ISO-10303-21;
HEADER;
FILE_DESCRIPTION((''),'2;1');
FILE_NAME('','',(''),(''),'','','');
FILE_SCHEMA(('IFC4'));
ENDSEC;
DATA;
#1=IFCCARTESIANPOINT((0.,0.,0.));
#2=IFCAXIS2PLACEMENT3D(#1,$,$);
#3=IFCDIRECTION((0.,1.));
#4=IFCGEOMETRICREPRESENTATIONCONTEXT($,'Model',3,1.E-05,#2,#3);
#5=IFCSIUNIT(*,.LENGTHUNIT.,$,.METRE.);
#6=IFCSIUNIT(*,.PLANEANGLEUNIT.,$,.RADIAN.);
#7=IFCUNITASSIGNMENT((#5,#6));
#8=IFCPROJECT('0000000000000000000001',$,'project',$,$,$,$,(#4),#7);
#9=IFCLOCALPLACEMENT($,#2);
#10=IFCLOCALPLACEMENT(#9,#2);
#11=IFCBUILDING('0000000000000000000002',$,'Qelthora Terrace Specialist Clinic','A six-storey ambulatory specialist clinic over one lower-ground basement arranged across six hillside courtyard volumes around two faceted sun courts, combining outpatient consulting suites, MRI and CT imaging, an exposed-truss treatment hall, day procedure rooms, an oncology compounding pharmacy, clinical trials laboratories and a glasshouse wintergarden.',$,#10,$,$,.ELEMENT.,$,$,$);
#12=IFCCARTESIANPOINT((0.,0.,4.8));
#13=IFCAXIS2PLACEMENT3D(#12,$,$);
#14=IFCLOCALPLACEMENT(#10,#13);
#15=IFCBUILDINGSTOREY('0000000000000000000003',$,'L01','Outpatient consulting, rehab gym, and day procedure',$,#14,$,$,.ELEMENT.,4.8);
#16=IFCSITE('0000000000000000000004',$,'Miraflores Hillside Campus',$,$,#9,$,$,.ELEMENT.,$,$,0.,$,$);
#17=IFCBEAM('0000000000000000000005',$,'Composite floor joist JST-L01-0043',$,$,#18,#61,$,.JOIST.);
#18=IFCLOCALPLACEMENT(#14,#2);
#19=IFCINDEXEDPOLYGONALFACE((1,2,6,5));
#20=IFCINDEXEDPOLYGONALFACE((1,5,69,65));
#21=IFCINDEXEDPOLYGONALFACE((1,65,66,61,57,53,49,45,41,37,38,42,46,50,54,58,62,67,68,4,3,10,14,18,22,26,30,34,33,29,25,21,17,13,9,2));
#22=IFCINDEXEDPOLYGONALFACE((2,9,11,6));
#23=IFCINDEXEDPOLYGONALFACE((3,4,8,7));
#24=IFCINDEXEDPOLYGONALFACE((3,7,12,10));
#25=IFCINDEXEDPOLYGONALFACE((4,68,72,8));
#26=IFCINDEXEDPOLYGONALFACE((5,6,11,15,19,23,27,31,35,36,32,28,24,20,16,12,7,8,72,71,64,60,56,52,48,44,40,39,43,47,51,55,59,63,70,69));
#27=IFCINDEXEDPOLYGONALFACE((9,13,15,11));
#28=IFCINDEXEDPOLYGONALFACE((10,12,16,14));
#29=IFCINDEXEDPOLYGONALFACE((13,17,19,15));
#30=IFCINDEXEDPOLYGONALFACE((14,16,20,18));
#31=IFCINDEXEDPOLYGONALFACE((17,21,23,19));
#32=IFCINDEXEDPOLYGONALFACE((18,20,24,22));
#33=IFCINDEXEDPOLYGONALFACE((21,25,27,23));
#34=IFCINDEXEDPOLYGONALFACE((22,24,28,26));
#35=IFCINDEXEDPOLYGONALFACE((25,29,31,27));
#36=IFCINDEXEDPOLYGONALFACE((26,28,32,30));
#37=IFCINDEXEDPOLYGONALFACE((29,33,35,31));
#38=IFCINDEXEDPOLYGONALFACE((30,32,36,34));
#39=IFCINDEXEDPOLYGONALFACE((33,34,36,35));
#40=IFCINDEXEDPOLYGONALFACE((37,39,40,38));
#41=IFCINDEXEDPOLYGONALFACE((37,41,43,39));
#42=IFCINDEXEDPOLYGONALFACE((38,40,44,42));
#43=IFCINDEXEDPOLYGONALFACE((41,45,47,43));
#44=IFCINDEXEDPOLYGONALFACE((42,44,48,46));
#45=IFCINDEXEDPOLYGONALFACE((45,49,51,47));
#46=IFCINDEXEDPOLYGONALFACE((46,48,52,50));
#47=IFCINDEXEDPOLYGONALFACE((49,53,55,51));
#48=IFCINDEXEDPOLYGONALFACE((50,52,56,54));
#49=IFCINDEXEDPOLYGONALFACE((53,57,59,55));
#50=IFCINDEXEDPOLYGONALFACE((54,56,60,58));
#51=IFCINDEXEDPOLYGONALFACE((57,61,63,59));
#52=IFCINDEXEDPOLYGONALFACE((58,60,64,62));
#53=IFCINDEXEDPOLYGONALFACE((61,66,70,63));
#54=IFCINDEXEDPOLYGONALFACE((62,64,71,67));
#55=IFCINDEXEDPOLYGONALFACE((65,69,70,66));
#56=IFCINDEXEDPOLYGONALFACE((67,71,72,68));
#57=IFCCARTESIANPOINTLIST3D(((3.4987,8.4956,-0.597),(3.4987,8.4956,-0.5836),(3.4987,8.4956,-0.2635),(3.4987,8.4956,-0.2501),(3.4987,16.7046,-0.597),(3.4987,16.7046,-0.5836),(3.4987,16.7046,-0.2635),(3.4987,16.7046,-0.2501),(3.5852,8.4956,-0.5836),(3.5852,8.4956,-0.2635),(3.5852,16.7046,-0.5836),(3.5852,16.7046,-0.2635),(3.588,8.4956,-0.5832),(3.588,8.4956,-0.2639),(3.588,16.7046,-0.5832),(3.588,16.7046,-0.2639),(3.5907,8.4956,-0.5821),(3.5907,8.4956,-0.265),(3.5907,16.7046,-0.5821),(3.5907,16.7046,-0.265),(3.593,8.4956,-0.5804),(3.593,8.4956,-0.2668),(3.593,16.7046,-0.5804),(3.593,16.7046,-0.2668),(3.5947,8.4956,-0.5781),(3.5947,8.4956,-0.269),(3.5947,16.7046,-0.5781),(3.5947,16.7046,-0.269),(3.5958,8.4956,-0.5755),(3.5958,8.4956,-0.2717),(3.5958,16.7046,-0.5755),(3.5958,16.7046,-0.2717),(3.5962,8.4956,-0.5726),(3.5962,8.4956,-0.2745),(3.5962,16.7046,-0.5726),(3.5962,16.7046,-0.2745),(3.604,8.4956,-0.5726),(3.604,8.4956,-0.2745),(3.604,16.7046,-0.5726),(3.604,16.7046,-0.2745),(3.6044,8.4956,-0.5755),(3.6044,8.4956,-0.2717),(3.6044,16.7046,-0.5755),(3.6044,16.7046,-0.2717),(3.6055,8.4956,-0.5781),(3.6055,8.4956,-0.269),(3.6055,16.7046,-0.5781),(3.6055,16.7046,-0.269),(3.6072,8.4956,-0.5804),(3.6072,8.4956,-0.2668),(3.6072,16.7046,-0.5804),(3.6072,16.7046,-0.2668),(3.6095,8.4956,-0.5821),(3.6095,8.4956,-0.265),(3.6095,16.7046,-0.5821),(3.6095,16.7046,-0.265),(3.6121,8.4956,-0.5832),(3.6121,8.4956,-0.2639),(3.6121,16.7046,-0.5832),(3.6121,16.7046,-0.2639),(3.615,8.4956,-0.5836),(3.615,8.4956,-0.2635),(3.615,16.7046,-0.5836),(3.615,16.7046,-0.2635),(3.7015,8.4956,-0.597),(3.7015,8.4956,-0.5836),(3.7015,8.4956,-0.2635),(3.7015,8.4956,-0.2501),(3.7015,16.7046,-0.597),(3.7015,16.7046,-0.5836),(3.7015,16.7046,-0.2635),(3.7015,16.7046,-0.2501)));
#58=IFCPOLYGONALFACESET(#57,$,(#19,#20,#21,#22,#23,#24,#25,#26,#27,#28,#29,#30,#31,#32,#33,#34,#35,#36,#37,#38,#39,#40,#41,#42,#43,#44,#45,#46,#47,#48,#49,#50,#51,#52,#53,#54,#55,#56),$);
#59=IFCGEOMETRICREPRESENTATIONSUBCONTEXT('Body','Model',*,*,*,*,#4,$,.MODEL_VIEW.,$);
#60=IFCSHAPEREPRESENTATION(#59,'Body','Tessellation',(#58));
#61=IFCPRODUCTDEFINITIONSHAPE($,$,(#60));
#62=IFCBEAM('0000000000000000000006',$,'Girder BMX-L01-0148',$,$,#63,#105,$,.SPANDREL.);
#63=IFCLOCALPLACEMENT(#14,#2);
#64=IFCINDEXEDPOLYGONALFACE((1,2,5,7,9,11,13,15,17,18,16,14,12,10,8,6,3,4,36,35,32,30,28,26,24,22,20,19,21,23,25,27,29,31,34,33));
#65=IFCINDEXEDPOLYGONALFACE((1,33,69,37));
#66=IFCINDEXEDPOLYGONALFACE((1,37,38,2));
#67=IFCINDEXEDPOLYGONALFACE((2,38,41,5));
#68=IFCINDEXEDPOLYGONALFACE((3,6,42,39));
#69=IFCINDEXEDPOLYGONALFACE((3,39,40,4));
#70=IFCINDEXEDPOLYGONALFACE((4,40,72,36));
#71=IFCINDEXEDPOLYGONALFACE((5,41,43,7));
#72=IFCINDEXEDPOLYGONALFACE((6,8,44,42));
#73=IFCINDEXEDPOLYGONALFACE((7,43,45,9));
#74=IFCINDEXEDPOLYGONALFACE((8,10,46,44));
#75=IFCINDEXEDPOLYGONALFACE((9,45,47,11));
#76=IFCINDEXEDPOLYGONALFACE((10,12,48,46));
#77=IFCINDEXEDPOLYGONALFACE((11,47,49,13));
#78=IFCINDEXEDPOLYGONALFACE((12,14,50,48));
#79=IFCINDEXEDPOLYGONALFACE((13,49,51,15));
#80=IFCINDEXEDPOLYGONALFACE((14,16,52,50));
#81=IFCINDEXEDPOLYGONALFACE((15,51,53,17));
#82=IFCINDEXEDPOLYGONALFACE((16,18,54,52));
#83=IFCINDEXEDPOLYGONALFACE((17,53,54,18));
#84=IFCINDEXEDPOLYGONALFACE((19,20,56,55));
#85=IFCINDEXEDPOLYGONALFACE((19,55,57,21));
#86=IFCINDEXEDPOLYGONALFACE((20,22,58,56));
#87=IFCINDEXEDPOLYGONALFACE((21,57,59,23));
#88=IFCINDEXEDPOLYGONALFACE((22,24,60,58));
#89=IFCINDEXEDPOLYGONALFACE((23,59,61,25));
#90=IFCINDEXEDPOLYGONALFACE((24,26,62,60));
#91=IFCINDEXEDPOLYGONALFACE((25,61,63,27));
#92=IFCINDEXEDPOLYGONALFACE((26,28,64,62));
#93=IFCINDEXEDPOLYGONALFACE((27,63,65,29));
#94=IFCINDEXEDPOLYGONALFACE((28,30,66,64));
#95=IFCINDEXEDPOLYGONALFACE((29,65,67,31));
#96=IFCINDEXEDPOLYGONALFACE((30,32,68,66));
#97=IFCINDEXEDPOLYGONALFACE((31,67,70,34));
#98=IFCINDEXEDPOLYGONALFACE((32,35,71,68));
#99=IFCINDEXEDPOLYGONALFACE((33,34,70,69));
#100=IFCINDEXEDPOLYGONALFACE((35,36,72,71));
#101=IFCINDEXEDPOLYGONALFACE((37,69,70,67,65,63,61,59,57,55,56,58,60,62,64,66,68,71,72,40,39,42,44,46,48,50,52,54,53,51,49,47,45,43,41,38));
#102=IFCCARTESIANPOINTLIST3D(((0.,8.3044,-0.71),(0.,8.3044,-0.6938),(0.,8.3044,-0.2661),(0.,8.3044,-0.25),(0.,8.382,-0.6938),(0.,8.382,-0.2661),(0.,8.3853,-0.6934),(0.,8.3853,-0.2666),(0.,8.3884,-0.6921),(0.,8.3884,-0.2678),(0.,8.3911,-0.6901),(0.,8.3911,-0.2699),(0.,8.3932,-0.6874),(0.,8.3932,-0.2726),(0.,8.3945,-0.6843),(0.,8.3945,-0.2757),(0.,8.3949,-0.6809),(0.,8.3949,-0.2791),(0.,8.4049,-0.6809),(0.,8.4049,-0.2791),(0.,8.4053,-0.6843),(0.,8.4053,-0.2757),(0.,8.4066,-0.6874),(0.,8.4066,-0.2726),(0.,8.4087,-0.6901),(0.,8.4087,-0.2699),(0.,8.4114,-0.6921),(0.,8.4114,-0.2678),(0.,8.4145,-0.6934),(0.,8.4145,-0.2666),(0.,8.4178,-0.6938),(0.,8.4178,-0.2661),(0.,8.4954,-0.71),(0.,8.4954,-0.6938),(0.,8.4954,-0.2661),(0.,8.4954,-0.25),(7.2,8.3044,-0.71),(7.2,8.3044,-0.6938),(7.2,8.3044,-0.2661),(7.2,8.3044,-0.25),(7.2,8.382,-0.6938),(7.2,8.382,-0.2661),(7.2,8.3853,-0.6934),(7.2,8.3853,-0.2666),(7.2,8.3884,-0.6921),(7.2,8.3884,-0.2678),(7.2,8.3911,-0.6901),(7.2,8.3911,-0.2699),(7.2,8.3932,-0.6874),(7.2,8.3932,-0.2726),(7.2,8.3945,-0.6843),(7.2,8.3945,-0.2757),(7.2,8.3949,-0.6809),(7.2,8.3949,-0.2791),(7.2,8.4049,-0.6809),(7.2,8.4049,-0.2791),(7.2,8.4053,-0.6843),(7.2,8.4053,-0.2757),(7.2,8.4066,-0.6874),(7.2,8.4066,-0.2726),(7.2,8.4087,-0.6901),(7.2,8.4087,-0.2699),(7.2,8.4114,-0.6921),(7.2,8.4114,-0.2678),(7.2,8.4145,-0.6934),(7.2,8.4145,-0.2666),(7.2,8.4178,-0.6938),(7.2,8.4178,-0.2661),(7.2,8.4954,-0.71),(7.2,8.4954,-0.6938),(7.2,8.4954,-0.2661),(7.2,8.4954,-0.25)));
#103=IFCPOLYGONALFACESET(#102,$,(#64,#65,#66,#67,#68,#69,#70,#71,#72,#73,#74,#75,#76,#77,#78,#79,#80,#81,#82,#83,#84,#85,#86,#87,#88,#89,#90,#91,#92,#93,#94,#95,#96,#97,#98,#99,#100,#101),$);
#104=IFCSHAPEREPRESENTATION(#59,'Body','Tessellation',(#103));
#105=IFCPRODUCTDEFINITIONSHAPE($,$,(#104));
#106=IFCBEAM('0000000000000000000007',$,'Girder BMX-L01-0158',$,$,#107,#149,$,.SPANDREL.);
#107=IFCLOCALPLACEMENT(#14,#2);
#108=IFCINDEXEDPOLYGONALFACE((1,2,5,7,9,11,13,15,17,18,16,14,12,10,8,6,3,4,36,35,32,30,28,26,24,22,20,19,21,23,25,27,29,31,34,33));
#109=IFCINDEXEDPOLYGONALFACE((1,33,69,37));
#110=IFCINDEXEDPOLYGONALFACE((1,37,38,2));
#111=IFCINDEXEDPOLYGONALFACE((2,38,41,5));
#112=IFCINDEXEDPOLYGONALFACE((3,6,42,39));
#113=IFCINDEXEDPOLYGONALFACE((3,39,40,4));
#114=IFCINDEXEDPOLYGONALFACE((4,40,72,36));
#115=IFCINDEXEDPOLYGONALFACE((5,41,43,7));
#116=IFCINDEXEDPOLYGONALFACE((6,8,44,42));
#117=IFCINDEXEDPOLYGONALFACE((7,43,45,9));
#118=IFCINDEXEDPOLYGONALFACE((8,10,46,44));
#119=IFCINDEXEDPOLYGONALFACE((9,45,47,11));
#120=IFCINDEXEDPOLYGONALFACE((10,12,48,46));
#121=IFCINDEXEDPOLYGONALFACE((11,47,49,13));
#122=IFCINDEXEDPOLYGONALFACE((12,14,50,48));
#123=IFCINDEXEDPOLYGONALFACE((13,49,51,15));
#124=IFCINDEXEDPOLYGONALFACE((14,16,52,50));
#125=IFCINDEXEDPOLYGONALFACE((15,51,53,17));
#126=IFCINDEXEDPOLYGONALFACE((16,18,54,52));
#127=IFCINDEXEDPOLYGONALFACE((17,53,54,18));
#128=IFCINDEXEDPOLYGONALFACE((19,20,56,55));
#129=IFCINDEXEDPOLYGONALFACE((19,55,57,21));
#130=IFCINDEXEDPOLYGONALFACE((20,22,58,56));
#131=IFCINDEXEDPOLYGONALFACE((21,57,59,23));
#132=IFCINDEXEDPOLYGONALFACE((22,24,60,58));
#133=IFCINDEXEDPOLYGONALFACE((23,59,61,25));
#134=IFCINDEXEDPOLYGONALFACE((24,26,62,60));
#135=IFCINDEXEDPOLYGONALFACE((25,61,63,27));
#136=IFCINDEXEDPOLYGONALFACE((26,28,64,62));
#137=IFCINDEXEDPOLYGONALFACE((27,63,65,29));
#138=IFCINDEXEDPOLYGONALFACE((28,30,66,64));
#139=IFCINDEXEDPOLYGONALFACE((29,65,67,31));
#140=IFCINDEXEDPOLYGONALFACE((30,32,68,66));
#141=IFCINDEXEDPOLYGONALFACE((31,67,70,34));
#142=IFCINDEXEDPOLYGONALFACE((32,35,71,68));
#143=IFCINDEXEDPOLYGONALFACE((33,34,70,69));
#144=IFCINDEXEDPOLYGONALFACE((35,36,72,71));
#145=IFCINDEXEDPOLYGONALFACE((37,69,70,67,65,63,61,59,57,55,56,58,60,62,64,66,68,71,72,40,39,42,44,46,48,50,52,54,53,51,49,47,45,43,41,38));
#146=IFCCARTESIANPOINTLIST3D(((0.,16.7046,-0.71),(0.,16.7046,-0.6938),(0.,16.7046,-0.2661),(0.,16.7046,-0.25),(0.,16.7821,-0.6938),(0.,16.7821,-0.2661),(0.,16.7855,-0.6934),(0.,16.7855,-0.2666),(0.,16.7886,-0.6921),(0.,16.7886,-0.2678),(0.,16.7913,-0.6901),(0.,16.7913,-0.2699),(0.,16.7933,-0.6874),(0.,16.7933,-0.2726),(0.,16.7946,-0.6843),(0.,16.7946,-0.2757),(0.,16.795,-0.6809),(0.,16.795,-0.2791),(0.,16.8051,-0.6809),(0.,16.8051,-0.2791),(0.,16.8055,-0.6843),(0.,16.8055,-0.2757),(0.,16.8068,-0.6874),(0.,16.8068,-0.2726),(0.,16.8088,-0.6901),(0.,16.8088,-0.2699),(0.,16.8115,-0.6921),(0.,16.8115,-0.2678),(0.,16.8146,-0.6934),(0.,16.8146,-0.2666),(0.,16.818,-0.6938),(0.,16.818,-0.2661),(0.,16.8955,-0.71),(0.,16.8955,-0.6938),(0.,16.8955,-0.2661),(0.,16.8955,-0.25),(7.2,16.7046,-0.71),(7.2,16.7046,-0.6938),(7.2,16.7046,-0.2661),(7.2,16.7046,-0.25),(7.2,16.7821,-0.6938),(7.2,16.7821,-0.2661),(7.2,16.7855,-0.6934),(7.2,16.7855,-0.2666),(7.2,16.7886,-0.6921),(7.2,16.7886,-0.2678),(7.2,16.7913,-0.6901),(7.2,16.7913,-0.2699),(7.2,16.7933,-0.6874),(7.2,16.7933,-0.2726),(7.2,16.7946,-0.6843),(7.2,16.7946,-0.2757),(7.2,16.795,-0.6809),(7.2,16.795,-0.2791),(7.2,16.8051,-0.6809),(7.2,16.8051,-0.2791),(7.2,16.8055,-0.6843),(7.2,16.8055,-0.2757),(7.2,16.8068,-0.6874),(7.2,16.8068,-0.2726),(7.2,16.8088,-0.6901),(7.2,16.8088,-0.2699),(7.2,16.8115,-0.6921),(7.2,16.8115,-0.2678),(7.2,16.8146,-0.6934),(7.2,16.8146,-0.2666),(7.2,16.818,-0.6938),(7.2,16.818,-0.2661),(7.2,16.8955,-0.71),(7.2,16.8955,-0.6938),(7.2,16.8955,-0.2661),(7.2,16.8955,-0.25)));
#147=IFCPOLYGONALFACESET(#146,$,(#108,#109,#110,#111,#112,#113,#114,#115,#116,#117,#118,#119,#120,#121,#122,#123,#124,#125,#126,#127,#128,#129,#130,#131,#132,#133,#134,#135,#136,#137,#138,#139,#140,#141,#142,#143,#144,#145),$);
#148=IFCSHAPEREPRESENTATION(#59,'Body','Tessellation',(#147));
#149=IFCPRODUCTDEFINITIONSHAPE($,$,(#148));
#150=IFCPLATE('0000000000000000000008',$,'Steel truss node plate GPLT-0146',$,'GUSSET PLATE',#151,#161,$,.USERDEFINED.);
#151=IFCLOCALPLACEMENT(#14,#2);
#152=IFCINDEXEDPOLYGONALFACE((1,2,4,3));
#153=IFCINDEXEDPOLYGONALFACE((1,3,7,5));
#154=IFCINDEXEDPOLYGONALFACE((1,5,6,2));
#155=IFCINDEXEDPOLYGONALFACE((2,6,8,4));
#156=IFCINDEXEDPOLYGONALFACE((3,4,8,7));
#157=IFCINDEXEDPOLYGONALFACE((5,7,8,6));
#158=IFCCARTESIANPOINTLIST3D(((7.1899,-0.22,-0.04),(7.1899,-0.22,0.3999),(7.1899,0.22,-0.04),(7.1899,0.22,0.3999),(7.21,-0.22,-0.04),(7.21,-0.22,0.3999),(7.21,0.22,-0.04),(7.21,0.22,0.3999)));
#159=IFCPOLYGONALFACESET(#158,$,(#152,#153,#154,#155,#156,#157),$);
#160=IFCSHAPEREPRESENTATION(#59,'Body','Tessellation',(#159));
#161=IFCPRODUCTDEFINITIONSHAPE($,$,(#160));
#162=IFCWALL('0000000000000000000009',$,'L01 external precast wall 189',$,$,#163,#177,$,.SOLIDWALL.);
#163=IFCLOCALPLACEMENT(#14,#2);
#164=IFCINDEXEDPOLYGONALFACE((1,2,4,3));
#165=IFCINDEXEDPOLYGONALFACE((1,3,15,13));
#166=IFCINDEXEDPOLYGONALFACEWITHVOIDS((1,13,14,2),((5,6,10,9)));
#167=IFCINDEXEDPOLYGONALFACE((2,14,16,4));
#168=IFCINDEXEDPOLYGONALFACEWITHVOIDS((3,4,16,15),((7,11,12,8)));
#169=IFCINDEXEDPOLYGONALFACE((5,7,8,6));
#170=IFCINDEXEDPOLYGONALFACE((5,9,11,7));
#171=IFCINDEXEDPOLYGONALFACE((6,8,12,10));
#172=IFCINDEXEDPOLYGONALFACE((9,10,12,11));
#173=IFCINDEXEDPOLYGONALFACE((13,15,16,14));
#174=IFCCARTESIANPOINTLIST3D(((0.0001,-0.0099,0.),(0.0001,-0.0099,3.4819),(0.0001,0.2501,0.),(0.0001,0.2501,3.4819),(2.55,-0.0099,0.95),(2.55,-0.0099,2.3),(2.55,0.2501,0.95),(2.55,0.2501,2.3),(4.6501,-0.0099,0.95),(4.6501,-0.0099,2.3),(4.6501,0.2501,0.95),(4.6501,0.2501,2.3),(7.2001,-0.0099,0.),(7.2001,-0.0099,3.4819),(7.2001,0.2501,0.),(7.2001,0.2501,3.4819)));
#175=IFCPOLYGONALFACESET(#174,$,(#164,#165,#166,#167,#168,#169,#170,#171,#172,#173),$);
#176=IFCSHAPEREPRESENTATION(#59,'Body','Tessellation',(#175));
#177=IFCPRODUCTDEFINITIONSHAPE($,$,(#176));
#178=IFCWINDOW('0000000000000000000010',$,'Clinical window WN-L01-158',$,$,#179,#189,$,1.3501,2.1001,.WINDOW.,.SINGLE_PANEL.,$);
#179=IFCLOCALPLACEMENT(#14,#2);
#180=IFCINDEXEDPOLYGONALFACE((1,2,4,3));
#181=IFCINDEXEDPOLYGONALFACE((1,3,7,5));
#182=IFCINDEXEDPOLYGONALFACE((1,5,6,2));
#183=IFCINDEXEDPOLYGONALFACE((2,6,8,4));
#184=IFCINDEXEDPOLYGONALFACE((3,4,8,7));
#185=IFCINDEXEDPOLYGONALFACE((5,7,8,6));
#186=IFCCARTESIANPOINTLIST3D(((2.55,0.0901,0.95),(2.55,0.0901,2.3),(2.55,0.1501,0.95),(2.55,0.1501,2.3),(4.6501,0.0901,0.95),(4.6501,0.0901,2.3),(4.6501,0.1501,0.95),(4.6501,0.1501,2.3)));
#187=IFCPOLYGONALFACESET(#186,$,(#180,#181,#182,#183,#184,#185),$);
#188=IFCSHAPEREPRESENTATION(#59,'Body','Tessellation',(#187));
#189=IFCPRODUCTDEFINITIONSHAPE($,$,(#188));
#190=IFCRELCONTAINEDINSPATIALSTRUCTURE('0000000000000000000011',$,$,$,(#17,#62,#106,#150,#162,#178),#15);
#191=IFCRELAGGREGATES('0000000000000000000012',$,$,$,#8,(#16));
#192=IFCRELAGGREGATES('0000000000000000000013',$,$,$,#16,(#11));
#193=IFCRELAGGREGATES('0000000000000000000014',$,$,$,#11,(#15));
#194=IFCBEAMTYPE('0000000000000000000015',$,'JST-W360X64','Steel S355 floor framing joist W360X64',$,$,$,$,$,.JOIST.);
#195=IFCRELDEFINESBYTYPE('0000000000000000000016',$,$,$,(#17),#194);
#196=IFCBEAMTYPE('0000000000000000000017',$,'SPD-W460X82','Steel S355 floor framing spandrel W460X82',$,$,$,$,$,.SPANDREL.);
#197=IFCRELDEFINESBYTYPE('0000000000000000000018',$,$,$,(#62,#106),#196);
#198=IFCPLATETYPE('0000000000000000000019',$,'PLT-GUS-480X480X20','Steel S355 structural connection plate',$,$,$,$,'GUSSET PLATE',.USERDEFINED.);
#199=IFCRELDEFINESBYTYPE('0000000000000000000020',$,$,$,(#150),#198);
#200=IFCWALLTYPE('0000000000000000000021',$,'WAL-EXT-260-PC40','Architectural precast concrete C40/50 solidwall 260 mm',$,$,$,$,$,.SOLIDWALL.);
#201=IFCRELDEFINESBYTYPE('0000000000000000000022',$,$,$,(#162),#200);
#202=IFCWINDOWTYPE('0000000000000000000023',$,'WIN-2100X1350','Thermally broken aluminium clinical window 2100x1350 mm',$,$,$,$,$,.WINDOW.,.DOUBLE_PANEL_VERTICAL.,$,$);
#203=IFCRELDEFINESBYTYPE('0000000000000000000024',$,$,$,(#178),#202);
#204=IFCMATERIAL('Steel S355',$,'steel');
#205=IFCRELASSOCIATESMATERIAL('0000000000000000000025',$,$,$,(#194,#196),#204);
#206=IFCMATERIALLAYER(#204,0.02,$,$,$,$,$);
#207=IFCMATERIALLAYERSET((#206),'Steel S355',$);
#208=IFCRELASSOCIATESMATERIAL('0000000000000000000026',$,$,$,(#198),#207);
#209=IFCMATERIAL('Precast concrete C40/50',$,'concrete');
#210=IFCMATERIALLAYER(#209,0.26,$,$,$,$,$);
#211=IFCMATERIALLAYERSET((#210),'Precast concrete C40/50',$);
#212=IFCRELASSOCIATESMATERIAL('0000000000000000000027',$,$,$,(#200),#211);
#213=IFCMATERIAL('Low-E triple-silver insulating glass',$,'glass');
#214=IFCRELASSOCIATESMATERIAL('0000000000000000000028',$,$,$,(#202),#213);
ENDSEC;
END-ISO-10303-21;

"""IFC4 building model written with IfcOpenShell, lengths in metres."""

from ifc_helpers import new_model, si_unit, direction, frame, frame_2d, origin, origin_2d, place, context, subcontext, project, spatial, rectangle, i_section, extrude, material, layer, layer_set, material_profile, profile_set, type_object, element, fill, save


model = new_model("IFC4")

# Units and contexts
model_context = context("Model", 3, precision=1e-05, world=origin(), true_north=direction((0.0, 1.0)))
body_context = subcontext(model_context, "Body", "Model", "MODEL_VIEW")
ifc_project = project(units=[si_unit("LENGTHUNIT", "METRE"), si_unit("PLANEANGLEUNIT", "RADIAN")], contexts=[model_context])

# Site, building, storey
site_placement = place(None, origin())
site = spatial("IfcSite", under=ifc_project, at=site_placement, Name="Miraflores Hillside Campus", CompositionType="ELEMENT", RefElevation=0.0)
building_placement = place(site_placement, origin())
building = spatial("IfcBuilding", under=site, at=building_placement, Name="Qelthora Terrace Specialist Clinic", Description="A six-storey ambulatory specialist clinic over one lower-ground basement arranged across six hillside courtyard volumes around two faceted sun courts, combining outpatient consulting suites, MRI and CT imaging, an exposed-truss treatment hall, day procedure rooms, an oncology compounding pharmacy, clinical trials laboratories and a glasshouse wintergarden.", CompositionType="ELEMENT")
storey_placement = place(building_placement, frame((0.0, 0.0, 4.8)))
storey = spatial("IfcBuildingStorey", under=building, at=storey_placement, Name="L01", Description="Outpatient consulting, rehab gym, and day procedure", CompositionType="ELEMENT", Elevation=4.8)

# Shared definitions
ifc_material_1 = material(Name="Steel S355", Category="steel")

# Beams
ifc_material_profile_1 = material_profile(ifc_material_1, i_section(OverallWidth=0.2029, OverallDepth=0.3469, WebThickness=0.0078, FlangeThickness=0.0134, FilletRadius=0.011, at=origin_2d()), Name="W360X64")
ifc_profile_set_1 = profile_set([ifc_material_profile_1], Name="Steel S355")
beam_type_1 = type_object("IfcBeamType", Name="JST-W360X64", Description="Steel S355 floor framing joist W360X64", PredefinedType="JOIST", material=ifc_profile_set_1)
beam_1_placement = place(storey_placement, frame((3.6001, 8.4956, -0.4236), z_axis=(0.0, 1.0, 0.0), x_axis=(-1.0, 0.0, 0.0)))
element("IfcBeam", 1, at=beam_1_placement, inside=storey, type_object=beam_type_1, Name="Composite floor joist JST-L01-0043", PredefinedType="JOIST", context=body_context, shape_type="SweptSolid", body=[
    extrude(i_section(OverallWidth=0.2029, OverallDepth=0.3469, WebThickness=0.0078, FlangeThickness=0.0134, FilletRadius=0.011, at=origin_2d()), origin(), (0.0, 0.0, 1.0), 8.209),
])
ifc_material_profile_2 = material_profile(ifc_material_1, i_section(OverallWidth=0.1909, OverallDepth=0.46, WebThickness=0.01, FlangeThickness=0.0161, FilletRadius=0.0129, at=origin_2d()), Name="W460X82")
ifc_profile_set_2 = profile_set([ifc_material_profile_2], Name="Steel S355")
beam_type_2 = type_object("IfcBeamType", Name="SPD-W460X82", Description="Steel S355 floor framing spandrel W460X82", PredefinedType="SPANDREL", material=ifc_profile_set_2)
for number, where, z_axis, x_axis, name in (
    (2, (0.0, 8.3999, -0.48), (1.0, 0.0, 0.0), (0.0, 1.0, 0.0), "Girder BMX-L01-0148"),
    (3, (0.0, 16.8, -0.48), (1.0, 0.0, 0.0), (0.0, 1.0, 0.0), "Girder BMX-L01-0158"),
):
    element("IfcBeam", number, at=place(storey_placement, frame(where, z_axis=z_axis, x_axis=x_axis)), inside=storey, type_object=beam_type_2, Name=name, PredefinedType="SPANDREL", context=body_context, shape_type="SweptSolid", body=[
        extrude(i_section(OverallWidth=0.1909, OverallDepth=0.46, WebThickness=0.01, FlangeThickness=0.0161, FilletRadius=0.0129, at=origin_2d()), origin(), (0.0, 0.0, 1.0), 7.2),
    ])

# Plate
ifc_layer_1 = layer(ifc_material_1, 0.02)
ifc_layer_set_1 = layer_set([ifc_layer_1], Name="Steel S355")
plate_type = type_object("IfcPlateType", Name="PLT-GUS-480X480X20", Description="Steel S355 structural connection plate", ElementType="GUSSET PLATE", PredefinedType="USERDEFINED", material=ifc_layer_set_1)
plate_placement = place(storey_placement, frame((7.2, 0.0, -0.04), z_axis=(0.0, 0.0, 1.0), x_axis=(1.0, 0.0, 0.0)))
element("IfcPlate", 4, at=plate_placement, inside=storey, type_object=plate_type, Name="Steel truss node plate GPLT-0146", ObjectType="GUSSET PLATE", PredefinedType="USERDEFINED", context=body_context, shape_type="SweptSolid", body=[
    extrude(rectangle(XDim=0.02, YDim=0.4399, at=origin_2d()), origin(), (0.0, 0.0, 1.0), 0.4399),
])

# Wall, opening, window
ifc_material_2 = material(Name="Precast concrete C40/50", Category="concrete")
ifc_layer_2 = layer(ifc_material_2, 0.26)
ifc_layer_set_2 = layer_set([ifc_layer_2], Name="Precast concrete C40/50")
wall_type_1 = type_object("IfcWallType", Name="WAL-EXT-260-PC40", Description="Architectural precast concrete C40/50 solidwall 260 mm", PredefinedType="SOLIDWALL", material=ifc_layer_set_2)
wall_1_placement = place(storey_placement, frame((0.0, 0.1201, 0.0), z_axis=(0.0, 0.0, 1.0), x_axis=(1.0, 0.0, 0.0)))
wall_1 = element("IfcWall", 5, at=wall_1_placement, inside=storey, type_object=wall_type_1, Name="L01 external precast wall 189", PredefinedType="SOLIDWALL", context=body_context, shape_type="SweptSolid", body=[
    extrude(rectangle(XDim=7.2, YDim=0.26, at=frame_2d((3.6001, 0.0))), origin(), (0.0, 0.0, 1.0), 3.4819),
])
opening_1_placement = place(wall_1_placement, frame((2.55, 0.0, 0.95)))
opening_1 = element("IfcOpeningElement", 6, at=opening_1_placement, cuts=wall_1, PredefinedType="OPENING", context=body_context, shape_type="SweptSolid", body=[
    extrude(rectangle(XDim=2.1001, YDim=1.3501, at=frame_2d((1.05, 0.675))), frame((0.0, 0.1399, 0.0), z_axis=(0.0, -1.0, 0.0), x_axis=(1.0, 0.0, 0.0)), (0.0, 0.0, 1.0), 0.28),
])
ifc_material_3 = material(Name="Low-E triple-silver insulating glass", Category="glass")
window_type_1 = type_object("IfcWindowType", Name="WIN-2100X1350", Description="Thermally broken aluminium clinical window 2100x1350 mm", PartitioningType="DOUBLE_PANEL_VERTICAL", PredefinedType="WINDOW", material=ifc_material_3)
window_1_placement = place(opening_1_placement, origin())
window_1 = element("IfcWindow", 7, at=window_1_placement, inside=storey, type_object=window_type_1, Name="Clinical window WN-L01-158", OverallHeight=1.3501, OverallWidth=2.1001, PartitioningType="SINGLE_PANEL", PredefinedType="WINDOW", context=body_context, shape_type="SweptSolid", body=[
    extrude(rectangle(XDim=2.1001, YDim=1.3501, at=frame_2d((1.05, 0.675))), frame((0.0, 0.03, 0.0), z_axis=(0.0, -1.0, 0.0), x_axis=(1.0, 0.0, 0.0)), (0.0, 0.0, 1.0), 0.0601),
])
fill(opening_1, window_1)

save(model, "model.ifc")
